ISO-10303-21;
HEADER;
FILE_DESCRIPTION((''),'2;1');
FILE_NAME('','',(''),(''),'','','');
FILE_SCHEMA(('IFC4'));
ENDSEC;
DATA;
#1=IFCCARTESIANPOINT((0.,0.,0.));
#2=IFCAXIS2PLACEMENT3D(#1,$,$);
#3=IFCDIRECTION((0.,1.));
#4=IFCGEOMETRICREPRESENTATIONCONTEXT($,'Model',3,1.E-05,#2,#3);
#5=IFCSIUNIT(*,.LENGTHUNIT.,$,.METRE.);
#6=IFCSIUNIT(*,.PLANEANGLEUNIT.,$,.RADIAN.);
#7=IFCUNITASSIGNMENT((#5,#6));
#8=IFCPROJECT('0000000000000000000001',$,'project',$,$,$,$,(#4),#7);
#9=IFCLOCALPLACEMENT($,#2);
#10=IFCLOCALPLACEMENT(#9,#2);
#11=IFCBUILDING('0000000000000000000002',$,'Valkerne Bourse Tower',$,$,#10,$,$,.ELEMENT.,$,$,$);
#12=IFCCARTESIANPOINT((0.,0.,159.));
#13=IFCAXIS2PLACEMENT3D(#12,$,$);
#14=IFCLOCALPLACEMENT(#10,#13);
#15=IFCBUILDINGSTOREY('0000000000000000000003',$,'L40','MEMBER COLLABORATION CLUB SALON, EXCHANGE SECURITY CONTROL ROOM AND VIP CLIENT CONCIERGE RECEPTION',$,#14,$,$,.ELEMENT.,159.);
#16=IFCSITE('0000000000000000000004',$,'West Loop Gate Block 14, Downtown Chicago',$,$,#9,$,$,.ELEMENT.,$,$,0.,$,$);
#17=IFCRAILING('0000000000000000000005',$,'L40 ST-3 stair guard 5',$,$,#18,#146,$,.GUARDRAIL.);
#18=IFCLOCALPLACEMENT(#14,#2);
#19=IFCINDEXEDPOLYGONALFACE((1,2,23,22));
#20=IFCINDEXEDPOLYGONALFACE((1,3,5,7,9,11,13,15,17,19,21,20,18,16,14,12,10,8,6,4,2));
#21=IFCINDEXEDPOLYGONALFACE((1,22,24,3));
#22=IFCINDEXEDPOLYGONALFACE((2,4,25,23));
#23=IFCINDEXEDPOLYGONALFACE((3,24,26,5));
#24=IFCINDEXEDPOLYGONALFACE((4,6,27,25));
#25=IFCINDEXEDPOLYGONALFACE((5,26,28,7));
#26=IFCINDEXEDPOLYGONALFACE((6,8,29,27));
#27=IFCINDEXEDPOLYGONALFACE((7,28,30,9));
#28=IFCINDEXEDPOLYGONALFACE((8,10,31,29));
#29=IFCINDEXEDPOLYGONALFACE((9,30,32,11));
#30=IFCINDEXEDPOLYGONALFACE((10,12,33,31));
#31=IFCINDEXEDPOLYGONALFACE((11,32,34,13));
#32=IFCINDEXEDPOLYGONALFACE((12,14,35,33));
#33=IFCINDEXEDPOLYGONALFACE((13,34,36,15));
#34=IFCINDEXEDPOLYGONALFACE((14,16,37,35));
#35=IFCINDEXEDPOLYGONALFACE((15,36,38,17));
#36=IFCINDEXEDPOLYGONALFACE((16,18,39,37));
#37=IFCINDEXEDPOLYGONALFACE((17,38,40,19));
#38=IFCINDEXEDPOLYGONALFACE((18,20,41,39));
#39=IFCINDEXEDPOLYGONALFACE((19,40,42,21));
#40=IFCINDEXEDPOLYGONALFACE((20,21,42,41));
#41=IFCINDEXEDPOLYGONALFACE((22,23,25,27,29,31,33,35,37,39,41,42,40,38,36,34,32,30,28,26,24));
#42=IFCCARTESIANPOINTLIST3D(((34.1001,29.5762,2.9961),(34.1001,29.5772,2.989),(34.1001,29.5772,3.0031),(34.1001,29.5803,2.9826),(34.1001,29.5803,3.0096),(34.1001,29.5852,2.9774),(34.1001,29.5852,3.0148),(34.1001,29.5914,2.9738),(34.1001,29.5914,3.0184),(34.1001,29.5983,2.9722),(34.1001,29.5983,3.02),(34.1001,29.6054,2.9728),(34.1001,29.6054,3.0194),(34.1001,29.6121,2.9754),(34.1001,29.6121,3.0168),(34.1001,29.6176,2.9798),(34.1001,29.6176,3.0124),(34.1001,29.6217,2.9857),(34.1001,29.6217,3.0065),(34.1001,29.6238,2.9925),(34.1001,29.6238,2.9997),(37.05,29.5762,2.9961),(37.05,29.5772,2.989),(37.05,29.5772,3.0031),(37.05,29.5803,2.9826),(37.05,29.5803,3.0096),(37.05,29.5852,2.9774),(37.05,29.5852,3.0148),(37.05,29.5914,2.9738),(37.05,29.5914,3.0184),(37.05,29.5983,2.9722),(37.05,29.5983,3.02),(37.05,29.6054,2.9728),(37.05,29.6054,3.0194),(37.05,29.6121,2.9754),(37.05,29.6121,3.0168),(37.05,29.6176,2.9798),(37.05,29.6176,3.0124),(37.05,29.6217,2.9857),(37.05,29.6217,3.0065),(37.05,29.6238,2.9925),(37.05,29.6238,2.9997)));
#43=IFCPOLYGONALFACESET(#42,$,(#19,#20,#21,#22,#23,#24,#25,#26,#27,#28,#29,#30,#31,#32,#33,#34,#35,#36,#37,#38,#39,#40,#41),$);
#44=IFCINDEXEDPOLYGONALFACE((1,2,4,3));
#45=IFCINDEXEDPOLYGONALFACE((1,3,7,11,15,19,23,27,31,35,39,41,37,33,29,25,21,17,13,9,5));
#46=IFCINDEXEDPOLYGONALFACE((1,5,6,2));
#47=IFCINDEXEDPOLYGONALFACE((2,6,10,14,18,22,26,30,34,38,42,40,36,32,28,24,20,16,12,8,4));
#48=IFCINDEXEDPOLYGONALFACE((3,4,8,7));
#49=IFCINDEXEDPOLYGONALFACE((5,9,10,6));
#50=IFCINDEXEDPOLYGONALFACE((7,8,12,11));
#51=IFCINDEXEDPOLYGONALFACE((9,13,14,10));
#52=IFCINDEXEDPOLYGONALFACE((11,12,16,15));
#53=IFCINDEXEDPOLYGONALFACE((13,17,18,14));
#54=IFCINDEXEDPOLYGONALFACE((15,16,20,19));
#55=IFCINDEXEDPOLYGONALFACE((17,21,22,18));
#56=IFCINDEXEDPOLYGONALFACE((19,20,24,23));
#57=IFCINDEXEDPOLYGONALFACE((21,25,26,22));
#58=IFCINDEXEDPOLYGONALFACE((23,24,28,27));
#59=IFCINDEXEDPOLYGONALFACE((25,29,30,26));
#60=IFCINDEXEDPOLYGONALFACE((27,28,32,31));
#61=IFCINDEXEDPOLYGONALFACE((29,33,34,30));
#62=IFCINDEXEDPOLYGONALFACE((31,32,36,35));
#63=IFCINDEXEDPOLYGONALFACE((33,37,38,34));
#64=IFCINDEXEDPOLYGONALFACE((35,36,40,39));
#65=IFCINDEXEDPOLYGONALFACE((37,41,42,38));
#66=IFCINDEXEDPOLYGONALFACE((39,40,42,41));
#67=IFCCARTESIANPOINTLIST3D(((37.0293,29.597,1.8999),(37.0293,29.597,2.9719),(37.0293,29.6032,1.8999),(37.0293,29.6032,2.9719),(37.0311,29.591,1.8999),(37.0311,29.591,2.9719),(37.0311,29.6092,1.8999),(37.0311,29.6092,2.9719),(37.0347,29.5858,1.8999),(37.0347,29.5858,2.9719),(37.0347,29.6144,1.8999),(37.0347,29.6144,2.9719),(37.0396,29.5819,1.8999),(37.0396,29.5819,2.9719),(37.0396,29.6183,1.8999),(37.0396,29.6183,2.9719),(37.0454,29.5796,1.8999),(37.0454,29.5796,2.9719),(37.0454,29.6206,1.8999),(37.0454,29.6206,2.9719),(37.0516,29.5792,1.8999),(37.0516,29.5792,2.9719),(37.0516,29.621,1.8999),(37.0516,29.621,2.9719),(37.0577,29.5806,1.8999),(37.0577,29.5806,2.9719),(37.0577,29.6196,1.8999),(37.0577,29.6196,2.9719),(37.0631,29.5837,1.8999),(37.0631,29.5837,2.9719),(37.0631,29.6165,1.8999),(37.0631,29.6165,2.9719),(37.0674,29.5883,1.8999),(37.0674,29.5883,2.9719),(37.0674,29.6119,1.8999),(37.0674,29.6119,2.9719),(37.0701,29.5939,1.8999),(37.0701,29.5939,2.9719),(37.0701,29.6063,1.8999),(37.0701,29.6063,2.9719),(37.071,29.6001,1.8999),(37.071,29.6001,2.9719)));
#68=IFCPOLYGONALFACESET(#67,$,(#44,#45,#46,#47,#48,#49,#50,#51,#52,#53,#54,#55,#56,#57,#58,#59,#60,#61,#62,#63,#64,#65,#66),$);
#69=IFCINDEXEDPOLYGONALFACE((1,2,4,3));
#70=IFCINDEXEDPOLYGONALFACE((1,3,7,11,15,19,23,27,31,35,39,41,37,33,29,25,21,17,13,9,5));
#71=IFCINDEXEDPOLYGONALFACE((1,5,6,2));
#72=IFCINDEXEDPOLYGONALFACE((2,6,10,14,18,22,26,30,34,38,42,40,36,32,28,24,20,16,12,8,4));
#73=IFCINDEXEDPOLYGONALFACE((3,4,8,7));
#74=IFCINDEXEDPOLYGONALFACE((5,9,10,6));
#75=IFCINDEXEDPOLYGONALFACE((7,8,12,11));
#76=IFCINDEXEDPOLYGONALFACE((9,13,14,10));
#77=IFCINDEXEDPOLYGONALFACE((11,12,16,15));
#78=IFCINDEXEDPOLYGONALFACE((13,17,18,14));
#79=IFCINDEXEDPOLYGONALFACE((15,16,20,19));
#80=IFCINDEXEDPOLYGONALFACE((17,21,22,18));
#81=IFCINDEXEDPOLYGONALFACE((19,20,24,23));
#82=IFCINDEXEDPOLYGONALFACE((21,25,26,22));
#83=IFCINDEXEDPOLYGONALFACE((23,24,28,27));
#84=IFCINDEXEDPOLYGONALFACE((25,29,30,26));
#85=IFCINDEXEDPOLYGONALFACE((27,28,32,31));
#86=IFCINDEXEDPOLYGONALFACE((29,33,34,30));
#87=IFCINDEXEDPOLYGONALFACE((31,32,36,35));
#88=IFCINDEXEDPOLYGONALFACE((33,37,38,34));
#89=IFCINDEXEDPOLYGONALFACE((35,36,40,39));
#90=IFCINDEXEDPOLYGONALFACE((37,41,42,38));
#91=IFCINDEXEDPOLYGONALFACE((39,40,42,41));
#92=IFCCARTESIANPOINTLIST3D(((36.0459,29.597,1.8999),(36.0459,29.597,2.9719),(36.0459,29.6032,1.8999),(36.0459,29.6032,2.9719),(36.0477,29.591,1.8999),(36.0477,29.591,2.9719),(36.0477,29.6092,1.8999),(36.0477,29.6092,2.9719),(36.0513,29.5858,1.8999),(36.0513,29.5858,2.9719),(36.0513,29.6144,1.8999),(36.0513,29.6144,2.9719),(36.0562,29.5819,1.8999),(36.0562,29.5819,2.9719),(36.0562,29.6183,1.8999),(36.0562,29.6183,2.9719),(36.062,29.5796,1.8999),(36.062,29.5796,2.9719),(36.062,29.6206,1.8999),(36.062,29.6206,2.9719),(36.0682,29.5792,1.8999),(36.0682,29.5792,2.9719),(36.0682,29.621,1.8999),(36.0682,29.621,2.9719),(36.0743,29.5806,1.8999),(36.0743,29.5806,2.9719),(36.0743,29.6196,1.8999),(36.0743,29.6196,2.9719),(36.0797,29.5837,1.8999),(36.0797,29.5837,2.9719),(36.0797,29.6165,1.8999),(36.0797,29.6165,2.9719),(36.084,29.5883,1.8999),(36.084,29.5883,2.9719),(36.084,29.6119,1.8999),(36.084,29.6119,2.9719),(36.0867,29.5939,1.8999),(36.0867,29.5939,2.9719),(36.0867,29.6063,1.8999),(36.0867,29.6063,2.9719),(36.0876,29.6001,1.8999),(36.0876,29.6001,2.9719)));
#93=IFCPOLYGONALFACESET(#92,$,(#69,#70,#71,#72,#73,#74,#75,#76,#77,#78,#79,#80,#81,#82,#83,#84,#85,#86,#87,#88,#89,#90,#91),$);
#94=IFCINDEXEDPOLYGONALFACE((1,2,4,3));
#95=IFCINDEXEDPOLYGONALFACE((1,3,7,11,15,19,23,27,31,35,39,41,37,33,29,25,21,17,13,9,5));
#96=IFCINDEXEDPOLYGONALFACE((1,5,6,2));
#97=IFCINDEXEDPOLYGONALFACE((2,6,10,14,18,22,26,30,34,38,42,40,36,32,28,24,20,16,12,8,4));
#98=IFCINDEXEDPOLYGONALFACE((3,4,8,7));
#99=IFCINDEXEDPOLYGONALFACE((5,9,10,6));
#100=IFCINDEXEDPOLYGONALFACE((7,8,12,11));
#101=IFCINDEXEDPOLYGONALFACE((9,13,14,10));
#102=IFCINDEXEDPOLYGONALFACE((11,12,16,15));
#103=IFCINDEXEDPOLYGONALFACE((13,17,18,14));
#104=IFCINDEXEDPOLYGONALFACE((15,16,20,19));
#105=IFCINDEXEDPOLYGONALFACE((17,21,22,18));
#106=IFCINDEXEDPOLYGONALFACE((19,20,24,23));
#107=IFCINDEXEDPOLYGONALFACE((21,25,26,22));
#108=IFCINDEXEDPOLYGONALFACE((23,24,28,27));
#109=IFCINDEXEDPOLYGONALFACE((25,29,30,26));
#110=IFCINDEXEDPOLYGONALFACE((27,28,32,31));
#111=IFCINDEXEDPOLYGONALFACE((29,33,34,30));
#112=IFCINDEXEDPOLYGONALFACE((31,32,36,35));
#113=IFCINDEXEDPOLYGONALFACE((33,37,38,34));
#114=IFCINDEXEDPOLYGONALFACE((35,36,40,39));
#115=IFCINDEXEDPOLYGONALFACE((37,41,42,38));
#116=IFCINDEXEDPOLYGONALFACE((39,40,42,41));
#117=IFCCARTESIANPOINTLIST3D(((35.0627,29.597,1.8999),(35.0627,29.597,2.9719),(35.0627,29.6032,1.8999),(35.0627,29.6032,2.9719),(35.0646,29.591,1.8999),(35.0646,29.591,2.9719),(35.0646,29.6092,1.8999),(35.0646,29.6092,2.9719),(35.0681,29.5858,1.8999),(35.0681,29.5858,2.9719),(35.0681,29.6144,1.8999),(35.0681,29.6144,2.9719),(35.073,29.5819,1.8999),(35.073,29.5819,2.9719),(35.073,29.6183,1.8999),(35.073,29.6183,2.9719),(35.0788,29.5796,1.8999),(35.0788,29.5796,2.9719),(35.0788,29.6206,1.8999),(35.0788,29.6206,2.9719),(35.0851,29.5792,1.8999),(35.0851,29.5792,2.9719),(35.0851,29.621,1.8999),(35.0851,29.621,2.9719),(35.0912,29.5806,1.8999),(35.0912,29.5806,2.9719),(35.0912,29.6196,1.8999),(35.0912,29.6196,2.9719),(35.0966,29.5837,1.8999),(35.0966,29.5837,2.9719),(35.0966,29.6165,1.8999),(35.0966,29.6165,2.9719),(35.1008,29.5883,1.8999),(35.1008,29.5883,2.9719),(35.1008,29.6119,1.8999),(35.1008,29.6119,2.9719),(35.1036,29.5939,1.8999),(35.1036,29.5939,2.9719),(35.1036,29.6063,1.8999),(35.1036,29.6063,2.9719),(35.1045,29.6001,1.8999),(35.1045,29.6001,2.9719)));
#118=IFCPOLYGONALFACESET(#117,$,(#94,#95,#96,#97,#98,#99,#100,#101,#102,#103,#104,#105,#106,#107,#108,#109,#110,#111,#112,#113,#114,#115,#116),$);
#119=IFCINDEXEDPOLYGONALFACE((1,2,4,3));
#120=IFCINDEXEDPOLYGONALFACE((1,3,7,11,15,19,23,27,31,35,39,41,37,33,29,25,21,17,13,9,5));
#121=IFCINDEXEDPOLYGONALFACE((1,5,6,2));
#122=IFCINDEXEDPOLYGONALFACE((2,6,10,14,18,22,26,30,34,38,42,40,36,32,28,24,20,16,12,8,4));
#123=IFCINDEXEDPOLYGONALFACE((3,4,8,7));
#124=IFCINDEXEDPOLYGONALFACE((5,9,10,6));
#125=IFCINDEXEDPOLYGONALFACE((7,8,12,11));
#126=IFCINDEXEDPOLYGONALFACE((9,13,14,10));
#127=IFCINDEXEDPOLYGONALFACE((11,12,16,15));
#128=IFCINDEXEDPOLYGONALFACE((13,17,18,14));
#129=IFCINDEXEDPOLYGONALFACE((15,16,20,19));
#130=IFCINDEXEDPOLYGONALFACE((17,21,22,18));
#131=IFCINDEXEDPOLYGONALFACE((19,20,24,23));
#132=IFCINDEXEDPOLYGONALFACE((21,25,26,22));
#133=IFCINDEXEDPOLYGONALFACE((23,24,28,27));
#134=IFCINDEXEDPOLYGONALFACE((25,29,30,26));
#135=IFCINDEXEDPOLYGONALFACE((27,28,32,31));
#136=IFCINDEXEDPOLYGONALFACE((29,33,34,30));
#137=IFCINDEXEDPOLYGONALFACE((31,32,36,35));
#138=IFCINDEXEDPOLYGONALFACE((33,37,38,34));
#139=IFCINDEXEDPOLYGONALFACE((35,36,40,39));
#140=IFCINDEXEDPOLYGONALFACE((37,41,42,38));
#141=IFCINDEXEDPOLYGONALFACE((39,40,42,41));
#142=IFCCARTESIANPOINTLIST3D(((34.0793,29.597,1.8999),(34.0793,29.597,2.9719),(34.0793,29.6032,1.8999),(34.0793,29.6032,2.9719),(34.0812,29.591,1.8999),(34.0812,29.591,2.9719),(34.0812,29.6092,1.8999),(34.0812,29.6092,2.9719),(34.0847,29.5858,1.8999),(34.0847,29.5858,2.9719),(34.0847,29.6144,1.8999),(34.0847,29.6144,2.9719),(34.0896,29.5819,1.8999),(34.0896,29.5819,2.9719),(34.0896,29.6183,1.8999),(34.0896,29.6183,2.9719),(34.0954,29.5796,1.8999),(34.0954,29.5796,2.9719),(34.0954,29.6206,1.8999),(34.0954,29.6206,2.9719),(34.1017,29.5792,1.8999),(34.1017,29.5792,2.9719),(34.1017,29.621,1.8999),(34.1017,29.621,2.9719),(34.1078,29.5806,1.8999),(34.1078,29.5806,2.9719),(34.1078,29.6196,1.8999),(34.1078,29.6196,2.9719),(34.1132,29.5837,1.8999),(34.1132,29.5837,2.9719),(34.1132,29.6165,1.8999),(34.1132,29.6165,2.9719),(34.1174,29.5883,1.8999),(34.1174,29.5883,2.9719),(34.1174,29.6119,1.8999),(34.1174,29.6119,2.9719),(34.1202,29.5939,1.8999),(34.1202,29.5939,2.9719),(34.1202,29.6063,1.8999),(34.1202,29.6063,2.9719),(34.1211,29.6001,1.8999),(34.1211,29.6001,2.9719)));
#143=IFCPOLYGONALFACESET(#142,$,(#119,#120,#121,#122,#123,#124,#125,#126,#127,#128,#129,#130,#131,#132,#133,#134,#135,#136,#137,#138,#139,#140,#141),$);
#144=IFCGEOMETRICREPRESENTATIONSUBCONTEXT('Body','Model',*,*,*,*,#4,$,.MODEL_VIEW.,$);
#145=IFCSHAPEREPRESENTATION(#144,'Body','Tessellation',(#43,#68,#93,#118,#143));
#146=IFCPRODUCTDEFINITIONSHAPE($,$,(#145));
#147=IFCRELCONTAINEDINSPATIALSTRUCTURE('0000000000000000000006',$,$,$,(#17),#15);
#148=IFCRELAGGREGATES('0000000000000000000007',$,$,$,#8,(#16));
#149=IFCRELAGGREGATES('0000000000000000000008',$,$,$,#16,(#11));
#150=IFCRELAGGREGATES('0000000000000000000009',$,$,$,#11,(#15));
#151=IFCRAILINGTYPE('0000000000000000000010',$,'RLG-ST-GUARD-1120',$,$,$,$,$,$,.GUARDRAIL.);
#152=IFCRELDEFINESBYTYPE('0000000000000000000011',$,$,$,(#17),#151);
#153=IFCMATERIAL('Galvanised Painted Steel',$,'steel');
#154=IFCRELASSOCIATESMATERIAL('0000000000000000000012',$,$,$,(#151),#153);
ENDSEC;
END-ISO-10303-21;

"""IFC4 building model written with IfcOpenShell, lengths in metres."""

from ifc_helpers import new_model, si_unit, direction, frame, origin, origin_2d, place, context, subcontext, project, spatial, circle, extrude, material, type_object, element, save


model = new_model("IFC4")

# Units and contexts
model_context = context("Model", 3, precision=1e-05, world=origin(), true_north=direction((0.0, 1.0)))
body_context = subcontext(model_context, "Body", "Model", "MODEL_VIEW")
ifc_project = project(units=[si_unit("LENGTHUNIT", "METRE"), si_unit("PLANEANGLEUNIT", "RADIAN")], contexts=[model_context])

# Site, building, storey
site_placement = place(None, origin())
site = spatial("IfcSite", under=ifc_project, at=site_placement, Name="West Loop Gate Block 14, Downtown Chicago", CompositionType="ELEMENT", RefElevation=0.0)
building_placement = place(site_placement, origin())
building = spatial("IfcBuilding", under=site, at=building_placement, Name="Valkerne Bourse Tower", CompositionType="ELEMENT")
storey_placement = place(building_placement, frame((0.0, 0.0, 159.0)))
storey = spatial("IfcBuildingStorey", under=building, at=storey_placement, Name="L40", Description="MEMBER COLLABORATION CLUB SALON, EXCHANGE SECURITY CONTROL ROOM AND VIP CLIENT CONCIERGE RECEPTION", CompositionType="ELEMENT", Elevation=159.0)

# Railing
ifc_material_1 = material(Name="Galvanised Painted Steel", Category="steel")
railing_type_1 = type_object("IfcRailingType", Name="RLG-ST-GUARD-1120", PredefinedType="GUARDRAIL", material=ifc_material_1)
railing_1_placement = place(storey_placement, frame((37.05, 29.6001, 1.8999)))
element("IfcRailing", 1, at=railing_1_placement, inside=storey, type_object=railing_type_1, Name="L40 ST-3 stair guard 5", PredefinedType="GUARDRAIL", context=body_context, shape_type="SweptSolid", body=[
    extrude(circle(Radius=0.0239, at=origin_2d()), frame((0.0, 0.0, 1.0962), z_axis=(-1.0, 0.0, 0.0), x_axis=(0.0, -1.0, 0.0)), (0.0, 0.0, 1.0), 2.95),
    extrude(circle(Radius=0.021, at=origin_2d()), origin(), (0.0, 0.0, 1.0), 1.072),
    extrude(circle(Radius=0.021, at=origin_2d()), frame((-0.9834, 0.0, 0.0)), (0.0, 0.0, 1.0), 1.072),
    extrude(circle(Radius=0.021, at=origin_2d()), frame((-1.9666, 0.0, 0.0)), (0.0, 0.0, 1.0), 1.072),
    extrude(circle(Radius=0.021, at=origin_2d()), frame((-2.95, 0.0, 0.0)), (0.0, 0.0, 1.0), 1.072),
])

save(model, "model.ifc")
